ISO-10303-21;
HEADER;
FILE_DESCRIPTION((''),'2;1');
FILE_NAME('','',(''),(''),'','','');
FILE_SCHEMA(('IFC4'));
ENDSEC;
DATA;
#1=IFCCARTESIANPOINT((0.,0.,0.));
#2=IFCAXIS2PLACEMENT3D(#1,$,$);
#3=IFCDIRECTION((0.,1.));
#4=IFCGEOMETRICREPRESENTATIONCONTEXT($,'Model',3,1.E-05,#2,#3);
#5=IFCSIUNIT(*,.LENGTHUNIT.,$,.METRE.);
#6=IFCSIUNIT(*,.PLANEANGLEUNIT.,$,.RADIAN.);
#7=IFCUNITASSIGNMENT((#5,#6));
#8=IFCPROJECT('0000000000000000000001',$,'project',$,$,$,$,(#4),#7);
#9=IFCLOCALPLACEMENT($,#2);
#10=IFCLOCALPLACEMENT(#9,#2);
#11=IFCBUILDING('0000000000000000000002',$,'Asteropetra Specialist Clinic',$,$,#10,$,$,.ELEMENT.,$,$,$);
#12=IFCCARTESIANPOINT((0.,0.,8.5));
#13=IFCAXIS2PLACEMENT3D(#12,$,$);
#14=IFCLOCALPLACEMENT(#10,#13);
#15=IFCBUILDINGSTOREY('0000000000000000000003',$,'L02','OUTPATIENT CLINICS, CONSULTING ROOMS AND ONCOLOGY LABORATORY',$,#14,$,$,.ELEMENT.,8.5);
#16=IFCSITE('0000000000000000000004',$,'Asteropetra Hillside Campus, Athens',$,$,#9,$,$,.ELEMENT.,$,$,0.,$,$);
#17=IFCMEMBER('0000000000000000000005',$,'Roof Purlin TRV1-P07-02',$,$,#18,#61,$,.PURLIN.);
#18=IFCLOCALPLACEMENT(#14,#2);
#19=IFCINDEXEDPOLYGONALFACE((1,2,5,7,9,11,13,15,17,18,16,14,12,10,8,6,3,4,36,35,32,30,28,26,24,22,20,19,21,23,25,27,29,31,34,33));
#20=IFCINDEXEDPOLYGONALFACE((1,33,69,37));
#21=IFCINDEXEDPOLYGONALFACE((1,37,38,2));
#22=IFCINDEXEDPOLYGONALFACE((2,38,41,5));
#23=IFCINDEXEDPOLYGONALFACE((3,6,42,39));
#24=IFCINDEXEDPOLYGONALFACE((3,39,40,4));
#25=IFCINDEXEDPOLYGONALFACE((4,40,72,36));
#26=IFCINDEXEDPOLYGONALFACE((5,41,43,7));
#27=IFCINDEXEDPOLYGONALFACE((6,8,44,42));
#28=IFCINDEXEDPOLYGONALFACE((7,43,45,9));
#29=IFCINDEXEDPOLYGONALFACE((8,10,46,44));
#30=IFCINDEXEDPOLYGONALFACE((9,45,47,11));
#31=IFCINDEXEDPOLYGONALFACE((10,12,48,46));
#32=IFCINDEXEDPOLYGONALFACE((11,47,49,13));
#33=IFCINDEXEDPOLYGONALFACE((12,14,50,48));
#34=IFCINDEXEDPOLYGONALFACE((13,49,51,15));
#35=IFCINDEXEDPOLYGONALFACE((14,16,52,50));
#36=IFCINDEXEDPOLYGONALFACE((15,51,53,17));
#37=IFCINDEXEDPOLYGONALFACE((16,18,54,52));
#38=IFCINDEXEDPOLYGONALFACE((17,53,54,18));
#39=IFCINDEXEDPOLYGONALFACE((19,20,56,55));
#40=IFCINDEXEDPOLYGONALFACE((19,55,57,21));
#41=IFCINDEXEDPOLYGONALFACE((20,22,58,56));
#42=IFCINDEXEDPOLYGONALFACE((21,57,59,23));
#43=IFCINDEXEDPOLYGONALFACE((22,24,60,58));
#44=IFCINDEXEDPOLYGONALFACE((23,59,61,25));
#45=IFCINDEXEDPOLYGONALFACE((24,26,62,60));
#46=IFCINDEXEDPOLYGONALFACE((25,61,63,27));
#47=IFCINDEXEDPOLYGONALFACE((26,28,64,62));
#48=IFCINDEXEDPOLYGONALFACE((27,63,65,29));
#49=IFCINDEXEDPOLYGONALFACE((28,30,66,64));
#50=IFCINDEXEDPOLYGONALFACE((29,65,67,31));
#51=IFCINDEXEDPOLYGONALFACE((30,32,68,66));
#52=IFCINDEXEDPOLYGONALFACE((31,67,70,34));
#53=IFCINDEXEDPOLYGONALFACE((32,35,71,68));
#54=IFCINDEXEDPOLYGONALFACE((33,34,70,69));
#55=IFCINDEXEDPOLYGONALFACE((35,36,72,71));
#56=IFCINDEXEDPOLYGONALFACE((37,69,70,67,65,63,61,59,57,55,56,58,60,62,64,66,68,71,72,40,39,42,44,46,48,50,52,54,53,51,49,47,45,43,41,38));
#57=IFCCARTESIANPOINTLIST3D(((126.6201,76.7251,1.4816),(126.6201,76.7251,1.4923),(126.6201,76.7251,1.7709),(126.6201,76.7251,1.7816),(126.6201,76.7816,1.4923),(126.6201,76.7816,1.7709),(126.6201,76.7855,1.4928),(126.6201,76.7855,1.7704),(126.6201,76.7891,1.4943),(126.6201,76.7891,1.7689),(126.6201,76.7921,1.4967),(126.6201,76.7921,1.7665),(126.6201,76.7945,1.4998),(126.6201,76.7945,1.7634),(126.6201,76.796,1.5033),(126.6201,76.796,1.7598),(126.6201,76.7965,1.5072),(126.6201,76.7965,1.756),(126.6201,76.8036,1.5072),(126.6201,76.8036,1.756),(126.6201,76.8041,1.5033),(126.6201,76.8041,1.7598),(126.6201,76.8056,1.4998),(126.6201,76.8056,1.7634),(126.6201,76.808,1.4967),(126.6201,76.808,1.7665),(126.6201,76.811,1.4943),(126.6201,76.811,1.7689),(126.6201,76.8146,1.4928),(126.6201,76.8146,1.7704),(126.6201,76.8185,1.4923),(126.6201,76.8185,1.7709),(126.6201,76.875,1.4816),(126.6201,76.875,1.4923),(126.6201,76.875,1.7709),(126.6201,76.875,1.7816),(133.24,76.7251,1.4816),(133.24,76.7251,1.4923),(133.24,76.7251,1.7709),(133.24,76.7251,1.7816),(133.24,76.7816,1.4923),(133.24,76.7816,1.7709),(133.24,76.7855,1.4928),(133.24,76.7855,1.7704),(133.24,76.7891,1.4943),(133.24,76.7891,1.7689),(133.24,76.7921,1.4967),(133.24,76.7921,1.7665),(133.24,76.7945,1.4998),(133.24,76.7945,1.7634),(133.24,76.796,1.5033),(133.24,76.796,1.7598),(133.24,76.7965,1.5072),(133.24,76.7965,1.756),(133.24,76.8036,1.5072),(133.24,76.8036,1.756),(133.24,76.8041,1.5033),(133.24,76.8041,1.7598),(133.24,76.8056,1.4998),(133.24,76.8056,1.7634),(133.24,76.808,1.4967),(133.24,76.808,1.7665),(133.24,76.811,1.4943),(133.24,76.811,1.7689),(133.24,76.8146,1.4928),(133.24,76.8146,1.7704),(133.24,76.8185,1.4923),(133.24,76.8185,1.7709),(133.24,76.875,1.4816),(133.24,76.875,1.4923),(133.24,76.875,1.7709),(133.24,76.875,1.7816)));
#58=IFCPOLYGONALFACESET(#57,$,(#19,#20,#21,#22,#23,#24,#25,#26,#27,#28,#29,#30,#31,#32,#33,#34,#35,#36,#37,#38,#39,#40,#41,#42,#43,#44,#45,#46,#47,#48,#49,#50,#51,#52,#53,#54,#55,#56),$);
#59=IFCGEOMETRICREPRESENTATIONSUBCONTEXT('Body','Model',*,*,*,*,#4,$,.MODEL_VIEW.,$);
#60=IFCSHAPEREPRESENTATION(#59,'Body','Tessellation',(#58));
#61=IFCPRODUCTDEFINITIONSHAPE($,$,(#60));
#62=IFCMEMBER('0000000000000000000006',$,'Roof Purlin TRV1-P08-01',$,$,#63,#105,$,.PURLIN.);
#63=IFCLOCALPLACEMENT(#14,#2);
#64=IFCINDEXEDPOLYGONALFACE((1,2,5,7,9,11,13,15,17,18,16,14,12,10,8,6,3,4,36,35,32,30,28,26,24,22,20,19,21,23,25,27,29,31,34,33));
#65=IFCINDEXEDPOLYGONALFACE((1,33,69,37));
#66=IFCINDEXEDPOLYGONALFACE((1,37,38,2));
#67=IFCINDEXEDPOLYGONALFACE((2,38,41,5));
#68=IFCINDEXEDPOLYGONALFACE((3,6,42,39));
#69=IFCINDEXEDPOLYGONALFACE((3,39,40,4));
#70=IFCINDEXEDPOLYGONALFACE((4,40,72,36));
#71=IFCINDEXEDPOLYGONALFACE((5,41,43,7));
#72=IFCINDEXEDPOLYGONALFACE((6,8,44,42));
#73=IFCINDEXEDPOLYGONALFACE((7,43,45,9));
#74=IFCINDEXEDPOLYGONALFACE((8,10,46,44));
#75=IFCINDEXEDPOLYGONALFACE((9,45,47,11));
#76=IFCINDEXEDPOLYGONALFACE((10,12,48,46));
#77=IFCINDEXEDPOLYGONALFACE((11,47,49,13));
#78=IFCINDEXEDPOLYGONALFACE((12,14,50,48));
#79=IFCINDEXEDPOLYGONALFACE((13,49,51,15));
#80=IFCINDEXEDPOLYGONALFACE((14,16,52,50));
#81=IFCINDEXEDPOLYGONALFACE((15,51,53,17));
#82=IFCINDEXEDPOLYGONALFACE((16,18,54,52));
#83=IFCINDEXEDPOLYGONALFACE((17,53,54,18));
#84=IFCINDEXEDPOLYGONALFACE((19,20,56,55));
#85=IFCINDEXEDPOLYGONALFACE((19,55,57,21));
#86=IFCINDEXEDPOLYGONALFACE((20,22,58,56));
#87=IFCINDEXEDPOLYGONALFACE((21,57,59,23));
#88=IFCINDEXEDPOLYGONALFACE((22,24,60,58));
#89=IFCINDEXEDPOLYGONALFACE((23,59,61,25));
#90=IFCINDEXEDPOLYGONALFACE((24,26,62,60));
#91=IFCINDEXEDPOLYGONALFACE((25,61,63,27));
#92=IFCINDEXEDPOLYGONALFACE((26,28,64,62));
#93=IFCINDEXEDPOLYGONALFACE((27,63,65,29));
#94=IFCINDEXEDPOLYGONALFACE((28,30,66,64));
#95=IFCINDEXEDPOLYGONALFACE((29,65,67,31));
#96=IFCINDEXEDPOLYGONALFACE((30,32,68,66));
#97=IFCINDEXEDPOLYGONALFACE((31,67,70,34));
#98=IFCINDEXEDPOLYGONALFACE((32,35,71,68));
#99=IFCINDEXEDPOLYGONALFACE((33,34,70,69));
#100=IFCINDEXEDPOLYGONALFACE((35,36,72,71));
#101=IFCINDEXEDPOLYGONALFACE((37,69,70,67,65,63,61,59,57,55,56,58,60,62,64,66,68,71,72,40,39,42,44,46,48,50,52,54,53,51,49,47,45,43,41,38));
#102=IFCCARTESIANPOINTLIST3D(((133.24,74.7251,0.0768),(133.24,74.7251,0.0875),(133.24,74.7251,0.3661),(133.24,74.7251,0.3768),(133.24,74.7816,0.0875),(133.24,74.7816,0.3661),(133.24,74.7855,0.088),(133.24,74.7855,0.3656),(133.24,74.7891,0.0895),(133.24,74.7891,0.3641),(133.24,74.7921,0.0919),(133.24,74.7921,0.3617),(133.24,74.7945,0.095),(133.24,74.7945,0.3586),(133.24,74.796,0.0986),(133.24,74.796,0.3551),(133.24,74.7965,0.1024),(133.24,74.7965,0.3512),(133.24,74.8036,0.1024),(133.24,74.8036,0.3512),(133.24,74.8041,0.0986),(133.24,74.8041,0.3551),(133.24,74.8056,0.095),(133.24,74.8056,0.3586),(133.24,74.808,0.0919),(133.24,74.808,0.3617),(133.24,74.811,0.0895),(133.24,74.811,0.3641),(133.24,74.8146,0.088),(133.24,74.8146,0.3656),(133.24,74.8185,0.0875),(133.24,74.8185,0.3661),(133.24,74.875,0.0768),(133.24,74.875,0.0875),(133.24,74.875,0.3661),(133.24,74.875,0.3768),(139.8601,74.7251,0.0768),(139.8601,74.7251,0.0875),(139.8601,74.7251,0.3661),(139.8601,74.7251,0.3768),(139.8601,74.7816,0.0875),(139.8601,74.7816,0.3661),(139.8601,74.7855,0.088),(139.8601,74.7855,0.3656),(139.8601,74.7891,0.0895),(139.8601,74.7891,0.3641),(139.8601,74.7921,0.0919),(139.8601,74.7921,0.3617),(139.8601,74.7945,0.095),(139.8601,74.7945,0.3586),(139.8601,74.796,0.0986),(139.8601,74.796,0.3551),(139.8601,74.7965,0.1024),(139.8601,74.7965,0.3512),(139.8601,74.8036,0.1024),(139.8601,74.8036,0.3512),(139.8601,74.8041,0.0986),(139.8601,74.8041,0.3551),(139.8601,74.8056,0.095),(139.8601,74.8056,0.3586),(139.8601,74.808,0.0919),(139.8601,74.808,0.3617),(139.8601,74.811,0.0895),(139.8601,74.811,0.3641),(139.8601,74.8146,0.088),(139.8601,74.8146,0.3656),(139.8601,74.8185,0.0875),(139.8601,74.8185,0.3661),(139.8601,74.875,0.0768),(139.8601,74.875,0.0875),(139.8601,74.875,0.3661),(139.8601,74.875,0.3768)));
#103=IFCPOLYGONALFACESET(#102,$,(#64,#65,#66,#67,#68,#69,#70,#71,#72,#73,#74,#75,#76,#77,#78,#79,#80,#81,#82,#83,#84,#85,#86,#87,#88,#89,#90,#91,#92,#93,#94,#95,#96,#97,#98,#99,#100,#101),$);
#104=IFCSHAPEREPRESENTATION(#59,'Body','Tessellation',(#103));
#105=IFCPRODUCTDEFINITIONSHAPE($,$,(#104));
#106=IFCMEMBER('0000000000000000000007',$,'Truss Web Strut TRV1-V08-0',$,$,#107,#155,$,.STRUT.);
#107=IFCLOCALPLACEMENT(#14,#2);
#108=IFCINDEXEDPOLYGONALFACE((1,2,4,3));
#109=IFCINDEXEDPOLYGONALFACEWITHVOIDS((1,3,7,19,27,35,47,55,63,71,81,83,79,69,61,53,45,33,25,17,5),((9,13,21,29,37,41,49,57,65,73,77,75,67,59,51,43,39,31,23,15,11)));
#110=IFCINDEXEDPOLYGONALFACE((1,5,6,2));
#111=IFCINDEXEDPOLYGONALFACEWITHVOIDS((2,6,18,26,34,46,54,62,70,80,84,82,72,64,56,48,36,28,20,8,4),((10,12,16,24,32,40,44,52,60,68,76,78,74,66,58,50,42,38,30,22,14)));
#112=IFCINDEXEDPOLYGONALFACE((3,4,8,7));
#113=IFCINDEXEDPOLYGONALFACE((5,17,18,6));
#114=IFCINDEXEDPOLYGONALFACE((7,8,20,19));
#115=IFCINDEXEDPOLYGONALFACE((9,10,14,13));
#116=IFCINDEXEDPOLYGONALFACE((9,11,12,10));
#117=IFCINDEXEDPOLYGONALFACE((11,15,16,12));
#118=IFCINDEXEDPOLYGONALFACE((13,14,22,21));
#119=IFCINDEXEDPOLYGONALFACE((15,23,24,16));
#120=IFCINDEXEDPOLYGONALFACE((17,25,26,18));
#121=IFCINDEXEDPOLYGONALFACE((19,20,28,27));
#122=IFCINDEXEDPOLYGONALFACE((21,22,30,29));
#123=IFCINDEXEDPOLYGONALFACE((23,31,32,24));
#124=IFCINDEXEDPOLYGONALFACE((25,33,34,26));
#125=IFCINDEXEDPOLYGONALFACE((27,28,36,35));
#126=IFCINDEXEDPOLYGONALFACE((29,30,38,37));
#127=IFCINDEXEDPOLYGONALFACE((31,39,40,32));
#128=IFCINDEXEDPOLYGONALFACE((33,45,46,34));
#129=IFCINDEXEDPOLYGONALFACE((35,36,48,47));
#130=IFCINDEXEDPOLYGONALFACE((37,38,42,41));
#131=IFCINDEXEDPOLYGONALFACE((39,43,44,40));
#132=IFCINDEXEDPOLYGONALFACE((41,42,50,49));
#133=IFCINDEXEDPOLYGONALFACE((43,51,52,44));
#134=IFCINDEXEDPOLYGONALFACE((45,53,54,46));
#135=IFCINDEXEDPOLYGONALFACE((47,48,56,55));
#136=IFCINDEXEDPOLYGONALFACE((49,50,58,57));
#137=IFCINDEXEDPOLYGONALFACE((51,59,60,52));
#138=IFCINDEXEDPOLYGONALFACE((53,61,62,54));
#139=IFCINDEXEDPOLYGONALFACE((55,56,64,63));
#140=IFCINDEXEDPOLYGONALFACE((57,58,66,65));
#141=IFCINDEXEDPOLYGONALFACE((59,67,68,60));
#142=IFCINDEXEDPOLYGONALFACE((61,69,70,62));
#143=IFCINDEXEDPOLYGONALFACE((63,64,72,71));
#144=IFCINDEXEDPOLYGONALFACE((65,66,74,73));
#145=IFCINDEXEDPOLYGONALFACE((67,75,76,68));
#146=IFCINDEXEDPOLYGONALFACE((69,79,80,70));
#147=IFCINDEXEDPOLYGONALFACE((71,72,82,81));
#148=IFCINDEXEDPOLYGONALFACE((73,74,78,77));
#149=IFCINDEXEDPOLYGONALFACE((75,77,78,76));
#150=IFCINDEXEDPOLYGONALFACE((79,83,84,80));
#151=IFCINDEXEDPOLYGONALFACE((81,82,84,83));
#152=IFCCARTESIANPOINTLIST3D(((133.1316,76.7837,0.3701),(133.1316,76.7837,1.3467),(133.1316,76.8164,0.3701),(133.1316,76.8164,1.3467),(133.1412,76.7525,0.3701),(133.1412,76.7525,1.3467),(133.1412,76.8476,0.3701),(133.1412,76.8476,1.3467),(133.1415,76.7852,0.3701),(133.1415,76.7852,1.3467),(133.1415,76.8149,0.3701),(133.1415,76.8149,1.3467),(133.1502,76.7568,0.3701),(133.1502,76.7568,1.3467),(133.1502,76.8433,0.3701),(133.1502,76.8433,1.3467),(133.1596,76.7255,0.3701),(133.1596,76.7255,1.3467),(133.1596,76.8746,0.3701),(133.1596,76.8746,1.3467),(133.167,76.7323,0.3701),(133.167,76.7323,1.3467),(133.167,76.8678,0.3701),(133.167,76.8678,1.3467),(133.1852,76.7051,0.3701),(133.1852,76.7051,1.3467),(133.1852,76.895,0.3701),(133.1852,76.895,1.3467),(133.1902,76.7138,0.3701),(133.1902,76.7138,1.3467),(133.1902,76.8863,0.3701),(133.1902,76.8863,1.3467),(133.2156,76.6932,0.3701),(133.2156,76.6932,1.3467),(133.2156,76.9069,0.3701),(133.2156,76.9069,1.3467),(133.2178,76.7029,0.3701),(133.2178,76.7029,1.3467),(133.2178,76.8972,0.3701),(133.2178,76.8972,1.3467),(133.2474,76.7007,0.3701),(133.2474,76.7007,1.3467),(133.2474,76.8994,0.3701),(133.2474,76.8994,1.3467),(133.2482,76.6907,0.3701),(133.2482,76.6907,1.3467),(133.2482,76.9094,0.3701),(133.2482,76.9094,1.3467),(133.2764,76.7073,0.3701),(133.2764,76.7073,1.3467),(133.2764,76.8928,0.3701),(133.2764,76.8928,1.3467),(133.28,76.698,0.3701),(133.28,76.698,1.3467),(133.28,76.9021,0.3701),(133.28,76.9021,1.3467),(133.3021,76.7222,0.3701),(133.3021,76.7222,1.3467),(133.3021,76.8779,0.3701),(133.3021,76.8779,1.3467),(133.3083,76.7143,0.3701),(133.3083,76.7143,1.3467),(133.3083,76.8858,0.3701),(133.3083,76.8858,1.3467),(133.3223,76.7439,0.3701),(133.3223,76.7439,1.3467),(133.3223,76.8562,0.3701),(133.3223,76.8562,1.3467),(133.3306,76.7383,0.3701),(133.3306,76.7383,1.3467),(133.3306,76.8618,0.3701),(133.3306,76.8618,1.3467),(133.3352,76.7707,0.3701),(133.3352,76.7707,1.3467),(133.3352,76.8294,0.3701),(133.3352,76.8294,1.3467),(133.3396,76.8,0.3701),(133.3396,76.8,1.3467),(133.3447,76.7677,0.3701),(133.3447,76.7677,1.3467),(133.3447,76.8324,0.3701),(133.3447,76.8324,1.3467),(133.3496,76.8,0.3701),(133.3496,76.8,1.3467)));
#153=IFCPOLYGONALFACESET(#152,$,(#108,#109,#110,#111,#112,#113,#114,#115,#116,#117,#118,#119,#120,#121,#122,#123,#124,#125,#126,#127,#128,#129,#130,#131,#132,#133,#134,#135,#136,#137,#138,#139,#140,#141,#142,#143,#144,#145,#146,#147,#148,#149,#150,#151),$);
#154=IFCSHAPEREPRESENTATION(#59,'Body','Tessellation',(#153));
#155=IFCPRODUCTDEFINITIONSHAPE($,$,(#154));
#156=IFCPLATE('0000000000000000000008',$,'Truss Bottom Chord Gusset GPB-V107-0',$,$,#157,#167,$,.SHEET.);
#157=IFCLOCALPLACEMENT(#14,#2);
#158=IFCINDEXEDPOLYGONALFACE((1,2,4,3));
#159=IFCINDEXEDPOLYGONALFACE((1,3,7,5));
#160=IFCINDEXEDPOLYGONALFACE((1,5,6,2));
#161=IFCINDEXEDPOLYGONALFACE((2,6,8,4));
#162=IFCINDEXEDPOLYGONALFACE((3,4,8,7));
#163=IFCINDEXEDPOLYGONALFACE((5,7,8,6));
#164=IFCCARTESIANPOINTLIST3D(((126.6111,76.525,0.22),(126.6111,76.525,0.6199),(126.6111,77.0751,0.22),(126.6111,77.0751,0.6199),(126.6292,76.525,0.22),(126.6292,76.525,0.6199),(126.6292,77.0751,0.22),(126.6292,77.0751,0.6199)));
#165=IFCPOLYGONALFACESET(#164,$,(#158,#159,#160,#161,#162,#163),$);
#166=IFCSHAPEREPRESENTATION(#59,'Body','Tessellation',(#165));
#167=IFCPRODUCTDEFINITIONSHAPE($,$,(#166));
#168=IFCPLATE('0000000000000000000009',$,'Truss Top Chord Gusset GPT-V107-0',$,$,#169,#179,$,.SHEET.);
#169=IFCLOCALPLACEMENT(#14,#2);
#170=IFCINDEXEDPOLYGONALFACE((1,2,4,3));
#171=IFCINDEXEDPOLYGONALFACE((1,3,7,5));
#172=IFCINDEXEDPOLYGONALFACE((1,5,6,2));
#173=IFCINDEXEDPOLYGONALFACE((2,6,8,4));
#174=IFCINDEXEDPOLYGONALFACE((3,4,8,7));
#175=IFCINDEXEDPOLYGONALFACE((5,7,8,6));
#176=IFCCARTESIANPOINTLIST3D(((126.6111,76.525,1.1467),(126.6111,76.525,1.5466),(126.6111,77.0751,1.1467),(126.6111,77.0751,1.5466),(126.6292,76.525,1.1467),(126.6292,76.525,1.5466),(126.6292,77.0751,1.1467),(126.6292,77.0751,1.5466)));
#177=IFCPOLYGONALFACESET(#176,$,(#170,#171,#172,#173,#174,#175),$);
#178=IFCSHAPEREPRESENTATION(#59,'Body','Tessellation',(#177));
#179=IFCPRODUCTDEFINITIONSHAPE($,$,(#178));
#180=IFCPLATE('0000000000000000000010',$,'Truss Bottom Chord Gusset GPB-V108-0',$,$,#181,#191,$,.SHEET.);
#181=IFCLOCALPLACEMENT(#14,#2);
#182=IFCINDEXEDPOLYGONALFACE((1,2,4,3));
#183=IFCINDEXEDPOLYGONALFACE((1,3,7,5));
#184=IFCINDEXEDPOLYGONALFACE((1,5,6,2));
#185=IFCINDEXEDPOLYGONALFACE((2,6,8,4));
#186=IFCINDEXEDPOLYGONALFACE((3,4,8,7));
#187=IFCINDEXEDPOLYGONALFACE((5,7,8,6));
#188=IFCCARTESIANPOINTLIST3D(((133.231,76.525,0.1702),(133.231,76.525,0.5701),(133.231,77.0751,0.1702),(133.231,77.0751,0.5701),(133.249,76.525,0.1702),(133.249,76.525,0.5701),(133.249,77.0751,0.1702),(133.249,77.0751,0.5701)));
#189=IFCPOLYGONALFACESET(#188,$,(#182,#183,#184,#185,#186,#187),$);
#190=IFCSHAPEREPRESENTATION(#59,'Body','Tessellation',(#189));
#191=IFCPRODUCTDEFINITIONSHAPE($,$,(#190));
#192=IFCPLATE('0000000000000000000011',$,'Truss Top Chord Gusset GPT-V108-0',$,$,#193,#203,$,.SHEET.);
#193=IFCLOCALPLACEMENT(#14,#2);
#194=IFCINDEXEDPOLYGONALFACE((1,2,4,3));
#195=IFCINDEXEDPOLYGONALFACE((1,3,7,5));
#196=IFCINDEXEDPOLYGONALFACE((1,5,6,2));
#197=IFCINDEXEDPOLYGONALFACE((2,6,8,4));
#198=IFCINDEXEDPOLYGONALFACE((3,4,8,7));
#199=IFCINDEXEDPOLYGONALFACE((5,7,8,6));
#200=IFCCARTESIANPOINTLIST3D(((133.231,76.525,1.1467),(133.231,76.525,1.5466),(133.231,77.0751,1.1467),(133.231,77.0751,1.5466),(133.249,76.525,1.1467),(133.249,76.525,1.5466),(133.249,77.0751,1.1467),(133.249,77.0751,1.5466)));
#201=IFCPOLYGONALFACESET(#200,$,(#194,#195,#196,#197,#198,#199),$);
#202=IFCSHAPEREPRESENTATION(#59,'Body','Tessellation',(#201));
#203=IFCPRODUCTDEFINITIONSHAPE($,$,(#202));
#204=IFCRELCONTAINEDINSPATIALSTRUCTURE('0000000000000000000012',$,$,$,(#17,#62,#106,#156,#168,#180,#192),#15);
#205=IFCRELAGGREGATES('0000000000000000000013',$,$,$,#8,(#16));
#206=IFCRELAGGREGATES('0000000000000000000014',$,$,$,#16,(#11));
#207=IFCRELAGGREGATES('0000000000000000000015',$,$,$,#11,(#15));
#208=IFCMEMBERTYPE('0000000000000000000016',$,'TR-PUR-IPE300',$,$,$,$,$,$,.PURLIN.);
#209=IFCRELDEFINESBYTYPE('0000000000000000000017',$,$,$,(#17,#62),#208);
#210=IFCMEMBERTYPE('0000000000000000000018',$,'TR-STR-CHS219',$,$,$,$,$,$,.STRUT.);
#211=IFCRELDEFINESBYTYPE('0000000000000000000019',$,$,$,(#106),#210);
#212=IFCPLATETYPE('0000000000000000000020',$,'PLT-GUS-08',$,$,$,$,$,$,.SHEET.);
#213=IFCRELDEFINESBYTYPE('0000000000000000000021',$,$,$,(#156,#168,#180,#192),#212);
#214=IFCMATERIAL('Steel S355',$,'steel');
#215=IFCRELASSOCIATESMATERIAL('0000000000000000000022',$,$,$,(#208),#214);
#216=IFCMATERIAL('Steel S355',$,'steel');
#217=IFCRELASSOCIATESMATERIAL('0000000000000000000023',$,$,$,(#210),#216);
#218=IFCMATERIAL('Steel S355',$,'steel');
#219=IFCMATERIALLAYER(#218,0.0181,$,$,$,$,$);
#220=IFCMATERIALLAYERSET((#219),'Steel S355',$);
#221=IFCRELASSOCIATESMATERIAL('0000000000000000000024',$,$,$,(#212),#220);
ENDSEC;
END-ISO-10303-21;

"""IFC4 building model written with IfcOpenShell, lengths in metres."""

from ifc_helpers import new_model, si_unit, direction, frame, origin, origin_2d, place, context, subcontext, project, spatial, rectangle, hollow_circle, i_section, extrude, material, layer, layer_set, material_profile, profile_set, type_object, element, save


model = new_model("IFC4")

# Units and contexts
model_context = context("Model", 3, precision=1e-05, world=origin(), true_north=direction((0.0, 1.0)))
body_context = subcontext(model_context, "Body", "Model", "MODEL_VIEW")
ifc_project = project(units=[si_unit("LENGTHUNIT", "METRE"), si_unit("PLANEANGLEUNIT", "RADIAN")], contexts=[model_context])

# Site, building, storey
site_placement = place(None, origin())
site = spatial("IfcSite", under=ifc_project, at=site_placement, Name="Asteropetra Hillside Campus, Athens", CompositionType="ELEMENT", RefElevation=0.0)
building_placement = place(site_placement, origin())
building = spatial("IfcBuilding", under=site, at=building_placement, Name="Asteropetra Specialist Clinic", CompositionType="ELEMENT")
storey_placement = place(building_placement, frame((0.0, 0.0, 8.5)))
storey = spatial("IfcBuildingStorey", under=building, at=storey_placement, Name="L02", Description="OUTPATIENT CLINICS, CONSULTING ROOMS AND ONCOLOGY LABORATORY", CompositionType="ELEMENT", Elevation=8.5)

# Members
ifc_material_1 = material(Name="Steel S355", Category="steel")
ifc_material_profile_1 = material_profile(ifc_material_1, i_section(OverallWidth=0.1499, OverallDepth=0.3, WebThickness=0.0071, FlangeThickness=0.0107, FilletRadius=0.0149, at=origin_2d()), Name="IPE 300")
ifc_profile_set_1 = profile_set([ifc_material_profile_1], Name="Steel S355")
member_type_1 = type_object("IfcMemberType", Name="TR-PUR-IPE300", PredefinedType="PURLIN", material=ifc_profile_set_1)
member_1_placement = place(storey_placement, frame((126.6201, 76.8, 1.6316), z_axis=(1.0, 0.0, 0.0), x_axis=(0.0, 1.0, 0.0)))
element("IfcMember", 1, at=member_1_placement, inside=storey, type_object=member_type_1, Name="Roof Purlin TRV1-P07-02", PredefinedType="PURLIN", context=body_context, shape_type="SweptSolid", body=[
    extrude(i_section(OverallWidth=0.1499, OverallDepth=0.3, WebThickness=0.0071, FlangeThickness=0.0107, FilletRadius=0.0149, at=origin_2d()), origin(), (0.0, 0.0, 1.0), 6.6199),
])
member_2_placement = place(storey_placement, frame((133.24, 74.8, 0.2268), z_axis=(1.0, 0.0, 0.0), x_axis=(0.0, 1.0, 0.0)))
element("IfcMember", 2, at=member_2_placement, inside=storey, type_object=member_type_1, Name="Roof Purlin TRV1-P08-01", PredefinedType="PURLIN", context=body_context, shape_type="SweptSolid", body=[
    extrude(i_section(OverallWidth=0.1499, OverallDepth=0.3, WebThickness=0.0071, FlangeThickness=0.0107, FilletRadius=0.0149, at=origin_2d()), origin(), (0.0, 0.0, 1.0), 6.6201),
])
ifc_material_2 = material(Name="Steel S355", Category="steel")
ifc_material_profile_2 = material_profile(ifc_material_2, hollow_circle(Radius=0.1096, WallThickness=0.01, at=origin_2d()), Name="CHS 219.1x10.0")
ifc_profile_set_2 = profile_set([ifc_material_profile_2], Name="Steel S355")
member_type_2 = type_object("IfcMemberType", Name="TR-STR-CHS219", PredefinedType="STRUT", material=ifc_profile_set_2)
member_3_placement = place(storey_placement, frame((133.24, 76.8, 0.3701), z_axis=(0.0, 0.0, 1.0), x_axis=(1.0, 0.0, 0.0)))
element("IfcMember", 3, at=member_3_placement, inside=storey, type_object=member_type_2, Name="Truss Web Strut TRV1-V08-0", PredefinedType="STRUT", context=body_context, shape_type="SweptSolid", body=[
    extrude(hollow_circle(Radius=0.1096, WallThickness=0.01, at=origin_2d()), origin(), (0.0, 0.0, 1.0), 0.9766),
])

# Plates
ifc_material_3 = material(Name="Steel S355", Category="steel")
ifc_layer_1 = layer(ifc_material_3, 0.0181)
ifc_layer_set_1 = layer_set([ifc_layer_1], Name="Steel S355")
plate_type = type_object("IfcPlateType", Name="PLT-GUS-08", PredefinedType="SHEET", material=ifc_layer_set_1)
for number, where, z_axis, x_axis, name in (
    (4, (126.6201, 76.8, 0.22), (0.0, 0.0, 1.0), (1.0, 0.0, 0.0), "Truss Bottom Chord Gusset GPB-V107-0"),
    (5, (126.6201, 76.8, 1.1467), (0.0, 0.0, 1.0), (1.0, 0.0, 0.0), "Truss Top Chord Gusset GPT-V107-0"),
    (6, (133.24, 76.8, 0.1702), (0.0, 0.0, 1.0), (1.0, 0.0, 0.0), "Truss Bottom Chord Gusset GPB-V108-0"),
    (7, (133.24, 76.8, 1.1467), (0.0, 0.0, 1.0), (1.0, 0.0, 0.0), "Truss Top Chord Gusset GPT-V108-0"),
):
    element("IfcPlate", number, at=place(storey_placement, frame(where, z_axis=z_axis, x_axis=x_axis)), inside=storey, type_object=plate_type, Name=name, PredefinedType="SHEET", context=body_context, shape_type="SweptSolid", body=[
        extrude(rectangle(XDim=0.0181, YDim=0.55, at=origin_2d()), origin(), (0.0, 0.0, 1.0), 0.3999),
    ])

save(model, "model.ifc")
